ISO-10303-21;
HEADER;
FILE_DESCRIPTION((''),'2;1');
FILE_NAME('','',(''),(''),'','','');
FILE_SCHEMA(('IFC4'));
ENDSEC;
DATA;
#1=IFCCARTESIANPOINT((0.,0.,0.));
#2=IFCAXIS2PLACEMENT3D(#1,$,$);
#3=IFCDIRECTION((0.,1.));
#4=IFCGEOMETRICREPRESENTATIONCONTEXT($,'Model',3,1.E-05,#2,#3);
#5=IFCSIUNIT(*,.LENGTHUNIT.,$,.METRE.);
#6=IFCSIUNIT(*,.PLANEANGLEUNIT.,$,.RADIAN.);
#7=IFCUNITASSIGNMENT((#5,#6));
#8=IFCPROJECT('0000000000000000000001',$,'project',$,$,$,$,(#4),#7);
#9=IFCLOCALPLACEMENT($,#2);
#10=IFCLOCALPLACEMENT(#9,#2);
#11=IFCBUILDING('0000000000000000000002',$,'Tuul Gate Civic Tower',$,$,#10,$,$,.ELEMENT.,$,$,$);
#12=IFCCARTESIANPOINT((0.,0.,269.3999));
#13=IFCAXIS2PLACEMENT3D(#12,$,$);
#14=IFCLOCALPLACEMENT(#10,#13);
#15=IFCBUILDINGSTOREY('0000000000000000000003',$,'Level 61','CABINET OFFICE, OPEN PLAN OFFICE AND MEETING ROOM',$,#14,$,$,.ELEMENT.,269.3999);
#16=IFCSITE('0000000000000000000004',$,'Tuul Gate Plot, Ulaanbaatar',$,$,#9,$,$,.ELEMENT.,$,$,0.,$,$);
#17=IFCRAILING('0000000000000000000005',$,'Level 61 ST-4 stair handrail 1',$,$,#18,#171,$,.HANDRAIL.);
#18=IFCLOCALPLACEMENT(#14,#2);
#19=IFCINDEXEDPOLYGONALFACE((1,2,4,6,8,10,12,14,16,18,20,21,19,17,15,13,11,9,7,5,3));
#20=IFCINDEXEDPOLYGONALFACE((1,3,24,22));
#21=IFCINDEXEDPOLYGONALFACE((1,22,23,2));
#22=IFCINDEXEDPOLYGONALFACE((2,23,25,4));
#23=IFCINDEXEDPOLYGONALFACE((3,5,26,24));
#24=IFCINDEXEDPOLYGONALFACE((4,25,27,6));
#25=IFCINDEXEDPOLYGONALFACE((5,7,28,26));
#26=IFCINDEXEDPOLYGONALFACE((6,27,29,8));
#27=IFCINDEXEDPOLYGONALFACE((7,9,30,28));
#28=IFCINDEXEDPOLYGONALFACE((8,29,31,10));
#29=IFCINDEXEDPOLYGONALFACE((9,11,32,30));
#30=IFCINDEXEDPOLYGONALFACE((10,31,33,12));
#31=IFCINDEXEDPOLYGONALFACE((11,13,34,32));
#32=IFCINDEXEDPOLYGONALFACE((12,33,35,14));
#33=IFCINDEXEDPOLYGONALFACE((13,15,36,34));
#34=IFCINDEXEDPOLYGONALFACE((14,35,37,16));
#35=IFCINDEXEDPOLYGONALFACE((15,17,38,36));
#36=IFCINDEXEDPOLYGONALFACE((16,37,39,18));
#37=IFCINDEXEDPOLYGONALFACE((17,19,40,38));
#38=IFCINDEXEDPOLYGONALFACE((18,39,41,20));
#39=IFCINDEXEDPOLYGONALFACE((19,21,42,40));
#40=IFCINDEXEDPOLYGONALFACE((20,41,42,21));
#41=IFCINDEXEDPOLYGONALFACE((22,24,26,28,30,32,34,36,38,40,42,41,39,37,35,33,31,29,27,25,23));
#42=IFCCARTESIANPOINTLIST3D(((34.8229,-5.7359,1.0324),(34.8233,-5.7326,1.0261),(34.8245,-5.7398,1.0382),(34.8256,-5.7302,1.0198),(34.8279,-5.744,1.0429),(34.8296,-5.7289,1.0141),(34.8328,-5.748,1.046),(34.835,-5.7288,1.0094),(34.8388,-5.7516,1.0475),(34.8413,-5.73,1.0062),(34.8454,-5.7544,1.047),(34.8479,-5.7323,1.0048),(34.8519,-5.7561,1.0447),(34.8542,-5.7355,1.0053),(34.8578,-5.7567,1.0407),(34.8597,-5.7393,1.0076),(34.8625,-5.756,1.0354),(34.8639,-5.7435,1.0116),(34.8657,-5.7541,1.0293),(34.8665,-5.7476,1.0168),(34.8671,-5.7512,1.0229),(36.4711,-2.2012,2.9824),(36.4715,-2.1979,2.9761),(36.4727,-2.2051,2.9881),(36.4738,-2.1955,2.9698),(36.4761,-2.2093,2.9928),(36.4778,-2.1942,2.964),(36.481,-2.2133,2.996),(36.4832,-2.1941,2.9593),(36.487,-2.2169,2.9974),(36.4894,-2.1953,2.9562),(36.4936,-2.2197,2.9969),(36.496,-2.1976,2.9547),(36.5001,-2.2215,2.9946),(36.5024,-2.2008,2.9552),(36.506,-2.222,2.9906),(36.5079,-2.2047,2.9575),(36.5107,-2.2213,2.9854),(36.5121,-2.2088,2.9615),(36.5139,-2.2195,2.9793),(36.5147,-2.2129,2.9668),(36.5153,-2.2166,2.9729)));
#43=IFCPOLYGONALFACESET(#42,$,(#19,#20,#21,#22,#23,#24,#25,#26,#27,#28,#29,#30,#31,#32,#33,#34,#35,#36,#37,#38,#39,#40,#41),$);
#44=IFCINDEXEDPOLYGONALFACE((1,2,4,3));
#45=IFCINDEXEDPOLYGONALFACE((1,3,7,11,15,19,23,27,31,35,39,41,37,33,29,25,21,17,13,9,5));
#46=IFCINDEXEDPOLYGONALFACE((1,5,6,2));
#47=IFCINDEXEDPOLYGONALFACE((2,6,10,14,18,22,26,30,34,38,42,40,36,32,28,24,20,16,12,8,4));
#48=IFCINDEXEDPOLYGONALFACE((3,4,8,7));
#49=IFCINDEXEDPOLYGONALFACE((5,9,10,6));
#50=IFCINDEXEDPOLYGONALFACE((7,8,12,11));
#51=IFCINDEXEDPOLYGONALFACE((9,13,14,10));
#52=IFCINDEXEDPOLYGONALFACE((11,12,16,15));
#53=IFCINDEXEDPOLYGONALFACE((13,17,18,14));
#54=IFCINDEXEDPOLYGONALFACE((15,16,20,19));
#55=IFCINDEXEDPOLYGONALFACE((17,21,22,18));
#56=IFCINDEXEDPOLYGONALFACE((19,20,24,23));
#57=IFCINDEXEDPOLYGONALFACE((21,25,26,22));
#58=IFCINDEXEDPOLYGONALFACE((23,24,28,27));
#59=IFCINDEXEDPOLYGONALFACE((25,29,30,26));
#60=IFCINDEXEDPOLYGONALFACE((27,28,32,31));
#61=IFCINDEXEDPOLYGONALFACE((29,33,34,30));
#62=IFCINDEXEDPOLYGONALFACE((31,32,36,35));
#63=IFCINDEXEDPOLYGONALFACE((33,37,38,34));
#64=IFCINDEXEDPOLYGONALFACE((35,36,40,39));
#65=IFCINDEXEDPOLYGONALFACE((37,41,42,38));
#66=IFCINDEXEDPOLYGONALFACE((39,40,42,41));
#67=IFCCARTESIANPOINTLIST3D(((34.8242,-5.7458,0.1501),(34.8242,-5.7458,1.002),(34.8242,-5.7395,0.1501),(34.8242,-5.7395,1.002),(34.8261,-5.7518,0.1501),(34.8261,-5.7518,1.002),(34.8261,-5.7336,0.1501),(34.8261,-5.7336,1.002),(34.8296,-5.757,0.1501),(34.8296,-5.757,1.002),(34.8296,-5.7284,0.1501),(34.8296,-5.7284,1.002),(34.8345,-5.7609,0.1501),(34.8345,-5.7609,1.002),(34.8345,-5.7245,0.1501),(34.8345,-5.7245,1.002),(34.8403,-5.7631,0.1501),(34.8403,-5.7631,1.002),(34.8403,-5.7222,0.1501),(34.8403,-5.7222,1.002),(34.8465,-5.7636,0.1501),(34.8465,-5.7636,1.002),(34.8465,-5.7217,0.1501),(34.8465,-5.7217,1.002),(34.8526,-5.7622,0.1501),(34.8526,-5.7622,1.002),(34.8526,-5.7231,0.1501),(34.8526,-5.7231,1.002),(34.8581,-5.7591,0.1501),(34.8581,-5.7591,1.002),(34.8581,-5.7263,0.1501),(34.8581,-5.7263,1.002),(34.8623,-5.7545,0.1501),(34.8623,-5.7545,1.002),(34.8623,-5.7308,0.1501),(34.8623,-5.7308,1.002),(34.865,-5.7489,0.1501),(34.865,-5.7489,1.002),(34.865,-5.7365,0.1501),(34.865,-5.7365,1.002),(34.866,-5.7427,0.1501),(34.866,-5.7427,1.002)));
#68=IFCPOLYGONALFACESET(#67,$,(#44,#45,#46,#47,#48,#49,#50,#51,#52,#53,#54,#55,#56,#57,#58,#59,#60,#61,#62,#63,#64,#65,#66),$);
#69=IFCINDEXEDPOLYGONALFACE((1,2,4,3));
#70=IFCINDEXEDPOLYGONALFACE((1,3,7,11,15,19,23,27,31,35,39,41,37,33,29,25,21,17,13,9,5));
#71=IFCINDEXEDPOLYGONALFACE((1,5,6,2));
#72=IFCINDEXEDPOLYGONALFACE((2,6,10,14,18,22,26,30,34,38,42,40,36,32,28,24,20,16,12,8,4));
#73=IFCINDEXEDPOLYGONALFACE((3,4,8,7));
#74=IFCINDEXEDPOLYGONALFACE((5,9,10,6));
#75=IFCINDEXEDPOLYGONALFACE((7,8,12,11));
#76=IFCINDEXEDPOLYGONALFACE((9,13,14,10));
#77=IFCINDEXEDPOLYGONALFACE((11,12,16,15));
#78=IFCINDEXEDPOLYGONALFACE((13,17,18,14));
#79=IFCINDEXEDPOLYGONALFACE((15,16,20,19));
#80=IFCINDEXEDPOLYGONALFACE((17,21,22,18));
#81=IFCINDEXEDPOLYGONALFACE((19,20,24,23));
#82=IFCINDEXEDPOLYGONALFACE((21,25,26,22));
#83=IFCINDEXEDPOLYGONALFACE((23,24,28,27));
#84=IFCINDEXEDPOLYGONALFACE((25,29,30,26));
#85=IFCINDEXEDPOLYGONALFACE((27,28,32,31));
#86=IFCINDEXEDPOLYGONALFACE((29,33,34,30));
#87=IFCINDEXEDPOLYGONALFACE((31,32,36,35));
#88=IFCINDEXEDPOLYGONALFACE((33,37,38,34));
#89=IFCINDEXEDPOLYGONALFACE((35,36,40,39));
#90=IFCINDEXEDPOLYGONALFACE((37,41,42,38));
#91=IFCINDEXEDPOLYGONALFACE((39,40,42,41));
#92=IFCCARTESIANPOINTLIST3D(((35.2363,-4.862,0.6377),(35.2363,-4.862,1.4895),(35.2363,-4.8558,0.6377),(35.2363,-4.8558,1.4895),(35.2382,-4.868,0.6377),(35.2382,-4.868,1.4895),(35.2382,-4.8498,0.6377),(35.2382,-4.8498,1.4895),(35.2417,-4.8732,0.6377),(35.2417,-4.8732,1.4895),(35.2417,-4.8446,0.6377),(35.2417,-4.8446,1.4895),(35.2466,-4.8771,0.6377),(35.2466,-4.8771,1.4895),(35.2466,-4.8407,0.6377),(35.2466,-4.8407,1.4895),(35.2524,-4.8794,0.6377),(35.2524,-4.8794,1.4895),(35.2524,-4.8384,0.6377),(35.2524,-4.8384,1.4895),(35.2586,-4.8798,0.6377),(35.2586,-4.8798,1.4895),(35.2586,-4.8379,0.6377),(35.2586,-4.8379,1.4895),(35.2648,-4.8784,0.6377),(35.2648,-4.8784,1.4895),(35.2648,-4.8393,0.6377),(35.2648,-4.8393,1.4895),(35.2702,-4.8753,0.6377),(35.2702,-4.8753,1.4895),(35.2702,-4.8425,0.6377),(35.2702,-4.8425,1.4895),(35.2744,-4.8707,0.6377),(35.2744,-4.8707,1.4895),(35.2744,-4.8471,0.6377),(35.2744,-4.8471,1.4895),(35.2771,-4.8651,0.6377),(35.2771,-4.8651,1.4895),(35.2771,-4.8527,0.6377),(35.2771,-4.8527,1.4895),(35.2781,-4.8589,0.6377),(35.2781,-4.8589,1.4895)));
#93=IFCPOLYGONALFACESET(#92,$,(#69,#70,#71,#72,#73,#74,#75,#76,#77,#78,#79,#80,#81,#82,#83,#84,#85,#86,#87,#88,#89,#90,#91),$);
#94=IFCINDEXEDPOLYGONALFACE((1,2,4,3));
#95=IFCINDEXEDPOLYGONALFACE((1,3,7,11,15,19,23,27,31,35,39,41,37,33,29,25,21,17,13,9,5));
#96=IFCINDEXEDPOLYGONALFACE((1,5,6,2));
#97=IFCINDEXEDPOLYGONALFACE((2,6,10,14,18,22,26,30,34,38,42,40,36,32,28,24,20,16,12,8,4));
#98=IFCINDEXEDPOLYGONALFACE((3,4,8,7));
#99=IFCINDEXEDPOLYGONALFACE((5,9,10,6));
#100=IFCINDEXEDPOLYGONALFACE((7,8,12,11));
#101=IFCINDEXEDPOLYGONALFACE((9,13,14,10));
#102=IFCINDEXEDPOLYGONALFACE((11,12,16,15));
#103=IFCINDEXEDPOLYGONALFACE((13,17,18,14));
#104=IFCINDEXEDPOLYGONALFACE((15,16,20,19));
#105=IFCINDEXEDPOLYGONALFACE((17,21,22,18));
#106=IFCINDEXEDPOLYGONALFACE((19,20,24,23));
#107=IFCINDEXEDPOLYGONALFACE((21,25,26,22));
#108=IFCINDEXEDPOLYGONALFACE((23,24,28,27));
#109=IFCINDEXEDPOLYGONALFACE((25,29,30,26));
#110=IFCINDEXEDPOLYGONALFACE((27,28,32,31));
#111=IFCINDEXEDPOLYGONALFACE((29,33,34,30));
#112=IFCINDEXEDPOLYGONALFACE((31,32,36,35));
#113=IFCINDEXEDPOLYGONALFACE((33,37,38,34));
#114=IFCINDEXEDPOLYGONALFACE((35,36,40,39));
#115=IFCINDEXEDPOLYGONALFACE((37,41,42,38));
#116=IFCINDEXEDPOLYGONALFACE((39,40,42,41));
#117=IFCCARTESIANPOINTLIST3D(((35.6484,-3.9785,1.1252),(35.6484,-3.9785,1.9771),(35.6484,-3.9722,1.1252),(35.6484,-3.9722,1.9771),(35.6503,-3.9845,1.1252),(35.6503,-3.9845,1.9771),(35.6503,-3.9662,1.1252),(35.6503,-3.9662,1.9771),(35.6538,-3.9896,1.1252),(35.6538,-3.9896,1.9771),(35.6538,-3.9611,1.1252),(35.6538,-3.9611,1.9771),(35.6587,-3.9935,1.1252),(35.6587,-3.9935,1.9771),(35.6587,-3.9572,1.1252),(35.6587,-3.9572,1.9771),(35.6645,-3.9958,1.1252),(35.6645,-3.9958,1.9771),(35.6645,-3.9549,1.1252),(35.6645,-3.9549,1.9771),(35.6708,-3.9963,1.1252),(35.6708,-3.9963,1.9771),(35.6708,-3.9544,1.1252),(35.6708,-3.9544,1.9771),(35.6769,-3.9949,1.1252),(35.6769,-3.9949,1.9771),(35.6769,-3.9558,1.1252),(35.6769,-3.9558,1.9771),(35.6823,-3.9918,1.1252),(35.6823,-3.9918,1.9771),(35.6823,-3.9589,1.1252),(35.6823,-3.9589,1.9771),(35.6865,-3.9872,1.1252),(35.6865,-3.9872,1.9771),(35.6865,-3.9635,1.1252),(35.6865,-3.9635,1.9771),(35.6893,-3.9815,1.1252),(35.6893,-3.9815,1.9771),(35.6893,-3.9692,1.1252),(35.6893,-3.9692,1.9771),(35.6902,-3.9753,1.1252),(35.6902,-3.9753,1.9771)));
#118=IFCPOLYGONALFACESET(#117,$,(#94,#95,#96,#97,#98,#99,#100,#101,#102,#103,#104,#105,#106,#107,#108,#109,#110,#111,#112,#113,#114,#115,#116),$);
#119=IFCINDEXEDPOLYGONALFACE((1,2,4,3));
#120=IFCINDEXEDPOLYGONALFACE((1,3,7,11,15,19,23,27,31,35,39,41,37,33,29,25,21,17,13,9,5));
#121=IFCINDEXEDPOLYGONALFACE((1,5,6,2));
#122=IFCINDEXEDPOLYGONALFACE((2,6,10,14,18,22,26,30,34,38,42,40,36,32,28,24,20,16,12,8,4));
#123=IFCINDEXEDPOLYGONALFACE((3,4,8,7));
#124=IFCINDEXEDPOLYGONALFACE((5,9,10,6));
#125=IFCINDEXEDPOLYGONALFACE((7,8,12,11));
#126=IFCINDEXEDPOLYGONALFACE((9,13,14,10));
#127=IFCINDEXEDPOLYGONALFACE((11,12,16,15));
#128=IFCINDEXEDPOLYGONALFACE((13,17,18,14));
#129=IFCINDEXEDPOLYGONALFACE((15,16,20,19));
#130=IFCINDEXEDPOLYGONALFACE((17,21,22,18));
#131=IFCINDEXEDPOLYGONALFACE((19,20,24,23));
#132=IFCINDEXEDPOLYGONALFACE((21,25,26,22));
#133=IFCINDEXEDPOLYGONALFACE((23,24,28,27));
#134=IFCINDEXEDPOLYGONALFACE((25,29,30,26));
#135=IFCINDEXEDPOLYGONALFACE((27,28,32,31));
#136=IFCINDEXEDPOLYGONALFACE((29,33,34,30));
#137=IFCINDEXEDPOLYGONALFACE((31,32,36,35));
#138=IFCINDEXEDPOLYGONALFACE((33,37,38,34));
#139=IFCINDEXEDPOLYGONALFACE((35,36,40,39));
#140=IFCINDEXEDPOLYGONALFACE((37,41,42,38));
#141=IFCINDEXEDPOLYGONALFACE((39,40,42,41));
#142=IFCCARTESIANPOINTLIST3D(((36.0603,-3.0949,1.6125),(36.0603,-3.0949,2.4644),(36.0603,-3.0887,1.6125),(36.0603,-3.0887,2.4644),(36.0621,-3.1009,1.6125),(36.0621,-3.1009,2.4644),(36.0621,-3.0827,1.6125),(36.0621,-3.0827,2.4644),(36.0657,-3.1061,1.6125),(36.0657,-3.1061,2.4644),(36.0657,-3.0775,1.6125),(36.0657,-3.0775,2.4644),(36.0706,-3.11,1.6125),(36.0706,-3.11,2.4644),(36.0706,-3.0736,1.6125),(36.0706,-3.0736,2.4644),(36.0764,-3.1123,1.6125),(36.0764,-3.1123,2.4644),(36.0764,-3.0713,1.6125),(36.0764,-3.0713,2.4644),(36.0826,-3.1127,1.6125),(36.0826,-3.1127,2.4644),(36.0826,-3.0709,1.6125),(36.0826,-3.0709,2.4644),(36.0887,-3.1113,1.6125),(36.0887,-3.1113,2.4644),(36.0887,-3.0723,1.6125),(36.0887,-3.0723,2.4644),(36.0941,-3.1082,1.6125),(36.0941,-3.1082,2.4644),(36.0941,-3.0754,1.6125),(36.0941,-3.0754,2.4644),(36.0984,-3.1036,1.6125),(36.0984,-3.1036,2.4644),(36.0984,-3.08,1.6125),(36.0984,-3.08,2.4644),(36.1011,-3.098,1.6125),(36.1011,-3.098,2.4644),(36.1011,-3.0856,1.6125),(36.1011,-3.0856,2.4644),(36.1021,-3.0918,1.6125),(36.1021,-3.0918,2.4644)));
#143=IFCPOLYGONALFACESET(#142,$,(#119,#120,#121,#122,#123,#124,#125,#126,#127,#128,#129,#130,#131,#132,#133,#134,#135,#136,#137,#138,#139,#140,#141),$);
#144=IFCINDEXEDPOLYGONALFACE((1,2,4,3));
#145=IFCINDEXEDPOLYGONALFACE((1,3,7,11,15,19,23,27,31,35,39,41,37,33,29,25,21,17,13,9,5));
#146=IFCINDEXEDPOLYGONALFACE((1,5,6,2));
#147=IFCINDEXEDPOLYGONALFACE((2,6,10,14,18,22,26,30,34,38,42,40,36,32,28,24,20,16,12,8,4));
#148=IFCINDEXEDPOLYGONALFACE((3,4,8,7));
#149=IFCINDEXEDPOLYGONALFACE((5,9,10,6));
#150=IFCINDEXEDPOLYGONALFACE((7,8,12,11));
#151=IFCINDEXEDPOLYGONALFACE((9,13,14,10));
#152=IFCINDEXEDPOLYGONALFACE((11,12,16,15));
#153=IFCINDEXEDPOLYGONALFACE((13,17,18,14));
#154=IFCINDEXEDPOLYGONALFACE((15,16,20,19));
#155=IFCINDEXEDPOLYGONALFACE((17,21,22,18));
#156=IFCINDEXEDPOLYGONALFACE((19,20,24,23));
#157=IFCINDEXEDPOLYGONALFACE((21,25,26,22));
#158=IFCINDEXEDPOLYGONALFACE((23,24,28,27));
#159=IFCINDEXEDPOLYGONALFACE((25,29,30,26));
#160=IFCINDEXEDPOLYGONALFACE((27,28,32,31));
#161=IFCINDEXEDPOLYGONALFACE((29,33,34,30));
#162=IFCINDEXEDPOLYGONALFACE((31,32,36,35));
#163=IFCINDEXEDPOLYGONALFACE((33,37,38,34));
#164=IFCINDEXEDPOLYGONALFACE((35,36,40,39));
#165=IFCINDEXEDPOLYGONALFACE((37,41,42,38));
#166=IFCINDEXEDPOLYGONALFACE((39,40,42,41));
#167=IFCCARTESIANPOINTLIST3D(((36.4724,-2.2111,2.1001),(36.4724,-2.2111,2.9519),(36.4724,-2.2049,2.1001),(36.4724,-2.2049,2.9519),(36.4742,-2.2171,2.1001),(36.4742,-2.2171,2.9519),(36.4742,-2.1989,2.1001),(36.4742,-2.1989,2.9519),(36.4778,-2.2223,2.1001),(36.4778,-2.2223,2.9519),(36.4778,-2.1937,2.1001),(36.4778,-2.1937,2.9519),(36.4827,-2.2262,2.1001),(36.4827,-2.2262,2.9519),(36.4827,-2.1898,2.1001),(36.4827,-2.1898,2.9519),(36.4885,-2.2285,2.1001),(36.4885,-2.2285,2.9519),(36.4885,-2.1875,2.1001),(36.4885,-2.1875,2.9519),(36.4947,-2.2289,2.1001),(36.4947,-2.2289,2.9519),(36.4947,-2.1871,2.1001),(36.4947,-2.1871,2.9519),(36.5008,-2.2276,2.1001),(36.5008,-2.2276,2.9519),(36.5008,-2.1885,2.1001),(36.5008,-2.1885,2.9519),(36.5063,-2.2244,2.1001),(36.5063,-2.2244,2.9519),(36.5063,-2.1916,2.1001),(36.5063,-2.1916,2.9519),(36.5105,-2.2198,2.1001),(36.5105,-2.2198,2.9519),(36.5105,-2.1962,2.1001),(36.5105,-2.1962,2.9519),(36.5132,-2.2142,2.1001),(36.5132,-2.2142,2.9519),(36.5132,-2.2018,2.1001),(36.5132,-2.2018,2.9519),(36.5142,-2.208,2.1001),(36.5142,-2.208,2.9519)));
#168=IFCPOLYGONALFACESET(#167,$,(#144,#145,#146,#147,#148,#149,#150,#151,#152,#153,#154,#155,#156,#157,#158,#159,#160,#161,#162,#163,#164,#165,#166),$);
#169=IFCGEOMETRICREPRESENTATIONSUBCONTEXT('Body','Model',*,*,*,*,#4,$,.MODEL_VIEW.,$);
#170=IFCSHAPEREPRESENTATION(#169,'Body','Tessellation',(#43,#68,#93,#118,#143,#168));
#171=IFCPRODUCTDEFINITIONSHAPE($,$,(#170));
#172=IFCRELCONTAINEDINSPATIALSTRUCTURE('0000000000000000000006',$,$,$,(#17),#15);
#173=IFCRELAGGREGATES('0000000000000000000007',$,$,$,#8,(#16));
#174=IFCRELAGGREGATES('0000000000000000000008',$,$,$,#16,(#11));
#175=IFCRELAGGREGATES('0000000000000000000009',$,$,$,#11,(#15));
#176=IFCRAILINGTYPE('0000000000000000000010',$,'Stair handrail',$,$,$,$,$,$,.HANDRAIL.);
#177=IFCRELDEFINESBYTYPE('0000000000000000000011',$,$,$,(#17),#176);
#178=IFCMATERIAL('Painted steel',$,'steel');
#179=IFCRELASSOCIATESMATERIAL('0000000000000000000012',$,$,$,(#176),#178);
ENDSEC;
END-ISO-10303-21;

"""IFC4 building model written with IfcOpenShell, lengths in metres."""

from ifc_helpers import new_model, si_unit, direction, frame, origin, origin_2d, place, context, subcontext, project, spatial, circle, extrude, material, type_object, element, save


model = new_model("IFC4")

# Units and contexts
model_context = context("Model", 3, precision=1e-05, world=origin(), true_north=direction((0.0, 1.0)))
body_context = subcontext(model_context, "Body", "Model", "MODEL_VIEW")
ifc_project = project(units=[si_unit("LENGTHUNIT", "METRE"), si_unit("PLANEANGLEUNIT", "RADIAN")], contexts=[model_context])

# Site, building, storey
site_placement = place(None, origin())
site = spatial("IfcSite", under=ifc_project, at=site_placement, Name="Tuul Gate Plot, Ulaanbaatar", CompositionType="ELEMENT", RefElevation=0.0)
building_placement = place(site_placement, origin())
building = spatial("IfcBuilding", under=site, at=building_placement, Name="Tuul Gate Civic Tower", CompositionType="ELEMENT")
storey_placement = place(building_placement, frame((0.0, 0.0, 269.3999)))
storey = spatial("IfcBuildingStorey", under=building, at=storey_placement, Name="Level 61", Description="CABINET OFFICE, OPEN PLAN OFFICE AND MEETING ROOM", CompositionType="ELEMENT", Elevation=269.3999)

# Railing
ifc_material_1 = material(Name="Painted steel", Category="steel")
railing_type_1 = type_object("IfcRailingType", Name="Stair handrail", PredefinedType="HANDRAIL", material=ifc_material_1)
railing_1_placement = place(storey_placement, frame((34.845, -5.7427, 0.1501)))
element("IfcRailing", 1, at=railing_1_placement, inside=storey, type_object=railing_type_1, Name="Level 61 ST-4 stair handrail 1", PredefinedType="HANDRAIL", context=body_context, shape_type="SweptSolid", body=[
    extrude(circle(Radius=0.0239, at=origin_2d()), frame((0.0, 0.0, 0.876), z_axis=(0.377995, 0.810637, 0.4472), x_axis=(-0.906313, 0.422608, 0.0)), (0.0, 0.0, 1.0), 4.3604),
    extrude(circle(Radius=0.021, at=origin_2d()), origin(), (0.0, 0.0, 1.0), 0.8518),
    extrude(circle(Radius=0.021, at=origin_2d()), frame((0.4121, 0.8838, 0.4875)), (0.0, 0.0, 1.0), 0.8518),
    extrude(circle(Radius=0.021, at=origin_2d()), frame((0.8242, 1.7673, 0.9751)), (0.0, 0.0, 1.0), 0.8518),
    extrude(circle(Radius=0.021, at=origin_2d()), frame((1.2361, 2.6509, 1.4624)), (0.0, 0.0, 1.0), 0.8518),
    extrude(circle(Radius=0.021, at=origin_2d()), frame((1.6482, 3.5347, 1.95)), (0.0, 0.0, 1.0), 0.8518),
])

save(model, "model.ifc")
